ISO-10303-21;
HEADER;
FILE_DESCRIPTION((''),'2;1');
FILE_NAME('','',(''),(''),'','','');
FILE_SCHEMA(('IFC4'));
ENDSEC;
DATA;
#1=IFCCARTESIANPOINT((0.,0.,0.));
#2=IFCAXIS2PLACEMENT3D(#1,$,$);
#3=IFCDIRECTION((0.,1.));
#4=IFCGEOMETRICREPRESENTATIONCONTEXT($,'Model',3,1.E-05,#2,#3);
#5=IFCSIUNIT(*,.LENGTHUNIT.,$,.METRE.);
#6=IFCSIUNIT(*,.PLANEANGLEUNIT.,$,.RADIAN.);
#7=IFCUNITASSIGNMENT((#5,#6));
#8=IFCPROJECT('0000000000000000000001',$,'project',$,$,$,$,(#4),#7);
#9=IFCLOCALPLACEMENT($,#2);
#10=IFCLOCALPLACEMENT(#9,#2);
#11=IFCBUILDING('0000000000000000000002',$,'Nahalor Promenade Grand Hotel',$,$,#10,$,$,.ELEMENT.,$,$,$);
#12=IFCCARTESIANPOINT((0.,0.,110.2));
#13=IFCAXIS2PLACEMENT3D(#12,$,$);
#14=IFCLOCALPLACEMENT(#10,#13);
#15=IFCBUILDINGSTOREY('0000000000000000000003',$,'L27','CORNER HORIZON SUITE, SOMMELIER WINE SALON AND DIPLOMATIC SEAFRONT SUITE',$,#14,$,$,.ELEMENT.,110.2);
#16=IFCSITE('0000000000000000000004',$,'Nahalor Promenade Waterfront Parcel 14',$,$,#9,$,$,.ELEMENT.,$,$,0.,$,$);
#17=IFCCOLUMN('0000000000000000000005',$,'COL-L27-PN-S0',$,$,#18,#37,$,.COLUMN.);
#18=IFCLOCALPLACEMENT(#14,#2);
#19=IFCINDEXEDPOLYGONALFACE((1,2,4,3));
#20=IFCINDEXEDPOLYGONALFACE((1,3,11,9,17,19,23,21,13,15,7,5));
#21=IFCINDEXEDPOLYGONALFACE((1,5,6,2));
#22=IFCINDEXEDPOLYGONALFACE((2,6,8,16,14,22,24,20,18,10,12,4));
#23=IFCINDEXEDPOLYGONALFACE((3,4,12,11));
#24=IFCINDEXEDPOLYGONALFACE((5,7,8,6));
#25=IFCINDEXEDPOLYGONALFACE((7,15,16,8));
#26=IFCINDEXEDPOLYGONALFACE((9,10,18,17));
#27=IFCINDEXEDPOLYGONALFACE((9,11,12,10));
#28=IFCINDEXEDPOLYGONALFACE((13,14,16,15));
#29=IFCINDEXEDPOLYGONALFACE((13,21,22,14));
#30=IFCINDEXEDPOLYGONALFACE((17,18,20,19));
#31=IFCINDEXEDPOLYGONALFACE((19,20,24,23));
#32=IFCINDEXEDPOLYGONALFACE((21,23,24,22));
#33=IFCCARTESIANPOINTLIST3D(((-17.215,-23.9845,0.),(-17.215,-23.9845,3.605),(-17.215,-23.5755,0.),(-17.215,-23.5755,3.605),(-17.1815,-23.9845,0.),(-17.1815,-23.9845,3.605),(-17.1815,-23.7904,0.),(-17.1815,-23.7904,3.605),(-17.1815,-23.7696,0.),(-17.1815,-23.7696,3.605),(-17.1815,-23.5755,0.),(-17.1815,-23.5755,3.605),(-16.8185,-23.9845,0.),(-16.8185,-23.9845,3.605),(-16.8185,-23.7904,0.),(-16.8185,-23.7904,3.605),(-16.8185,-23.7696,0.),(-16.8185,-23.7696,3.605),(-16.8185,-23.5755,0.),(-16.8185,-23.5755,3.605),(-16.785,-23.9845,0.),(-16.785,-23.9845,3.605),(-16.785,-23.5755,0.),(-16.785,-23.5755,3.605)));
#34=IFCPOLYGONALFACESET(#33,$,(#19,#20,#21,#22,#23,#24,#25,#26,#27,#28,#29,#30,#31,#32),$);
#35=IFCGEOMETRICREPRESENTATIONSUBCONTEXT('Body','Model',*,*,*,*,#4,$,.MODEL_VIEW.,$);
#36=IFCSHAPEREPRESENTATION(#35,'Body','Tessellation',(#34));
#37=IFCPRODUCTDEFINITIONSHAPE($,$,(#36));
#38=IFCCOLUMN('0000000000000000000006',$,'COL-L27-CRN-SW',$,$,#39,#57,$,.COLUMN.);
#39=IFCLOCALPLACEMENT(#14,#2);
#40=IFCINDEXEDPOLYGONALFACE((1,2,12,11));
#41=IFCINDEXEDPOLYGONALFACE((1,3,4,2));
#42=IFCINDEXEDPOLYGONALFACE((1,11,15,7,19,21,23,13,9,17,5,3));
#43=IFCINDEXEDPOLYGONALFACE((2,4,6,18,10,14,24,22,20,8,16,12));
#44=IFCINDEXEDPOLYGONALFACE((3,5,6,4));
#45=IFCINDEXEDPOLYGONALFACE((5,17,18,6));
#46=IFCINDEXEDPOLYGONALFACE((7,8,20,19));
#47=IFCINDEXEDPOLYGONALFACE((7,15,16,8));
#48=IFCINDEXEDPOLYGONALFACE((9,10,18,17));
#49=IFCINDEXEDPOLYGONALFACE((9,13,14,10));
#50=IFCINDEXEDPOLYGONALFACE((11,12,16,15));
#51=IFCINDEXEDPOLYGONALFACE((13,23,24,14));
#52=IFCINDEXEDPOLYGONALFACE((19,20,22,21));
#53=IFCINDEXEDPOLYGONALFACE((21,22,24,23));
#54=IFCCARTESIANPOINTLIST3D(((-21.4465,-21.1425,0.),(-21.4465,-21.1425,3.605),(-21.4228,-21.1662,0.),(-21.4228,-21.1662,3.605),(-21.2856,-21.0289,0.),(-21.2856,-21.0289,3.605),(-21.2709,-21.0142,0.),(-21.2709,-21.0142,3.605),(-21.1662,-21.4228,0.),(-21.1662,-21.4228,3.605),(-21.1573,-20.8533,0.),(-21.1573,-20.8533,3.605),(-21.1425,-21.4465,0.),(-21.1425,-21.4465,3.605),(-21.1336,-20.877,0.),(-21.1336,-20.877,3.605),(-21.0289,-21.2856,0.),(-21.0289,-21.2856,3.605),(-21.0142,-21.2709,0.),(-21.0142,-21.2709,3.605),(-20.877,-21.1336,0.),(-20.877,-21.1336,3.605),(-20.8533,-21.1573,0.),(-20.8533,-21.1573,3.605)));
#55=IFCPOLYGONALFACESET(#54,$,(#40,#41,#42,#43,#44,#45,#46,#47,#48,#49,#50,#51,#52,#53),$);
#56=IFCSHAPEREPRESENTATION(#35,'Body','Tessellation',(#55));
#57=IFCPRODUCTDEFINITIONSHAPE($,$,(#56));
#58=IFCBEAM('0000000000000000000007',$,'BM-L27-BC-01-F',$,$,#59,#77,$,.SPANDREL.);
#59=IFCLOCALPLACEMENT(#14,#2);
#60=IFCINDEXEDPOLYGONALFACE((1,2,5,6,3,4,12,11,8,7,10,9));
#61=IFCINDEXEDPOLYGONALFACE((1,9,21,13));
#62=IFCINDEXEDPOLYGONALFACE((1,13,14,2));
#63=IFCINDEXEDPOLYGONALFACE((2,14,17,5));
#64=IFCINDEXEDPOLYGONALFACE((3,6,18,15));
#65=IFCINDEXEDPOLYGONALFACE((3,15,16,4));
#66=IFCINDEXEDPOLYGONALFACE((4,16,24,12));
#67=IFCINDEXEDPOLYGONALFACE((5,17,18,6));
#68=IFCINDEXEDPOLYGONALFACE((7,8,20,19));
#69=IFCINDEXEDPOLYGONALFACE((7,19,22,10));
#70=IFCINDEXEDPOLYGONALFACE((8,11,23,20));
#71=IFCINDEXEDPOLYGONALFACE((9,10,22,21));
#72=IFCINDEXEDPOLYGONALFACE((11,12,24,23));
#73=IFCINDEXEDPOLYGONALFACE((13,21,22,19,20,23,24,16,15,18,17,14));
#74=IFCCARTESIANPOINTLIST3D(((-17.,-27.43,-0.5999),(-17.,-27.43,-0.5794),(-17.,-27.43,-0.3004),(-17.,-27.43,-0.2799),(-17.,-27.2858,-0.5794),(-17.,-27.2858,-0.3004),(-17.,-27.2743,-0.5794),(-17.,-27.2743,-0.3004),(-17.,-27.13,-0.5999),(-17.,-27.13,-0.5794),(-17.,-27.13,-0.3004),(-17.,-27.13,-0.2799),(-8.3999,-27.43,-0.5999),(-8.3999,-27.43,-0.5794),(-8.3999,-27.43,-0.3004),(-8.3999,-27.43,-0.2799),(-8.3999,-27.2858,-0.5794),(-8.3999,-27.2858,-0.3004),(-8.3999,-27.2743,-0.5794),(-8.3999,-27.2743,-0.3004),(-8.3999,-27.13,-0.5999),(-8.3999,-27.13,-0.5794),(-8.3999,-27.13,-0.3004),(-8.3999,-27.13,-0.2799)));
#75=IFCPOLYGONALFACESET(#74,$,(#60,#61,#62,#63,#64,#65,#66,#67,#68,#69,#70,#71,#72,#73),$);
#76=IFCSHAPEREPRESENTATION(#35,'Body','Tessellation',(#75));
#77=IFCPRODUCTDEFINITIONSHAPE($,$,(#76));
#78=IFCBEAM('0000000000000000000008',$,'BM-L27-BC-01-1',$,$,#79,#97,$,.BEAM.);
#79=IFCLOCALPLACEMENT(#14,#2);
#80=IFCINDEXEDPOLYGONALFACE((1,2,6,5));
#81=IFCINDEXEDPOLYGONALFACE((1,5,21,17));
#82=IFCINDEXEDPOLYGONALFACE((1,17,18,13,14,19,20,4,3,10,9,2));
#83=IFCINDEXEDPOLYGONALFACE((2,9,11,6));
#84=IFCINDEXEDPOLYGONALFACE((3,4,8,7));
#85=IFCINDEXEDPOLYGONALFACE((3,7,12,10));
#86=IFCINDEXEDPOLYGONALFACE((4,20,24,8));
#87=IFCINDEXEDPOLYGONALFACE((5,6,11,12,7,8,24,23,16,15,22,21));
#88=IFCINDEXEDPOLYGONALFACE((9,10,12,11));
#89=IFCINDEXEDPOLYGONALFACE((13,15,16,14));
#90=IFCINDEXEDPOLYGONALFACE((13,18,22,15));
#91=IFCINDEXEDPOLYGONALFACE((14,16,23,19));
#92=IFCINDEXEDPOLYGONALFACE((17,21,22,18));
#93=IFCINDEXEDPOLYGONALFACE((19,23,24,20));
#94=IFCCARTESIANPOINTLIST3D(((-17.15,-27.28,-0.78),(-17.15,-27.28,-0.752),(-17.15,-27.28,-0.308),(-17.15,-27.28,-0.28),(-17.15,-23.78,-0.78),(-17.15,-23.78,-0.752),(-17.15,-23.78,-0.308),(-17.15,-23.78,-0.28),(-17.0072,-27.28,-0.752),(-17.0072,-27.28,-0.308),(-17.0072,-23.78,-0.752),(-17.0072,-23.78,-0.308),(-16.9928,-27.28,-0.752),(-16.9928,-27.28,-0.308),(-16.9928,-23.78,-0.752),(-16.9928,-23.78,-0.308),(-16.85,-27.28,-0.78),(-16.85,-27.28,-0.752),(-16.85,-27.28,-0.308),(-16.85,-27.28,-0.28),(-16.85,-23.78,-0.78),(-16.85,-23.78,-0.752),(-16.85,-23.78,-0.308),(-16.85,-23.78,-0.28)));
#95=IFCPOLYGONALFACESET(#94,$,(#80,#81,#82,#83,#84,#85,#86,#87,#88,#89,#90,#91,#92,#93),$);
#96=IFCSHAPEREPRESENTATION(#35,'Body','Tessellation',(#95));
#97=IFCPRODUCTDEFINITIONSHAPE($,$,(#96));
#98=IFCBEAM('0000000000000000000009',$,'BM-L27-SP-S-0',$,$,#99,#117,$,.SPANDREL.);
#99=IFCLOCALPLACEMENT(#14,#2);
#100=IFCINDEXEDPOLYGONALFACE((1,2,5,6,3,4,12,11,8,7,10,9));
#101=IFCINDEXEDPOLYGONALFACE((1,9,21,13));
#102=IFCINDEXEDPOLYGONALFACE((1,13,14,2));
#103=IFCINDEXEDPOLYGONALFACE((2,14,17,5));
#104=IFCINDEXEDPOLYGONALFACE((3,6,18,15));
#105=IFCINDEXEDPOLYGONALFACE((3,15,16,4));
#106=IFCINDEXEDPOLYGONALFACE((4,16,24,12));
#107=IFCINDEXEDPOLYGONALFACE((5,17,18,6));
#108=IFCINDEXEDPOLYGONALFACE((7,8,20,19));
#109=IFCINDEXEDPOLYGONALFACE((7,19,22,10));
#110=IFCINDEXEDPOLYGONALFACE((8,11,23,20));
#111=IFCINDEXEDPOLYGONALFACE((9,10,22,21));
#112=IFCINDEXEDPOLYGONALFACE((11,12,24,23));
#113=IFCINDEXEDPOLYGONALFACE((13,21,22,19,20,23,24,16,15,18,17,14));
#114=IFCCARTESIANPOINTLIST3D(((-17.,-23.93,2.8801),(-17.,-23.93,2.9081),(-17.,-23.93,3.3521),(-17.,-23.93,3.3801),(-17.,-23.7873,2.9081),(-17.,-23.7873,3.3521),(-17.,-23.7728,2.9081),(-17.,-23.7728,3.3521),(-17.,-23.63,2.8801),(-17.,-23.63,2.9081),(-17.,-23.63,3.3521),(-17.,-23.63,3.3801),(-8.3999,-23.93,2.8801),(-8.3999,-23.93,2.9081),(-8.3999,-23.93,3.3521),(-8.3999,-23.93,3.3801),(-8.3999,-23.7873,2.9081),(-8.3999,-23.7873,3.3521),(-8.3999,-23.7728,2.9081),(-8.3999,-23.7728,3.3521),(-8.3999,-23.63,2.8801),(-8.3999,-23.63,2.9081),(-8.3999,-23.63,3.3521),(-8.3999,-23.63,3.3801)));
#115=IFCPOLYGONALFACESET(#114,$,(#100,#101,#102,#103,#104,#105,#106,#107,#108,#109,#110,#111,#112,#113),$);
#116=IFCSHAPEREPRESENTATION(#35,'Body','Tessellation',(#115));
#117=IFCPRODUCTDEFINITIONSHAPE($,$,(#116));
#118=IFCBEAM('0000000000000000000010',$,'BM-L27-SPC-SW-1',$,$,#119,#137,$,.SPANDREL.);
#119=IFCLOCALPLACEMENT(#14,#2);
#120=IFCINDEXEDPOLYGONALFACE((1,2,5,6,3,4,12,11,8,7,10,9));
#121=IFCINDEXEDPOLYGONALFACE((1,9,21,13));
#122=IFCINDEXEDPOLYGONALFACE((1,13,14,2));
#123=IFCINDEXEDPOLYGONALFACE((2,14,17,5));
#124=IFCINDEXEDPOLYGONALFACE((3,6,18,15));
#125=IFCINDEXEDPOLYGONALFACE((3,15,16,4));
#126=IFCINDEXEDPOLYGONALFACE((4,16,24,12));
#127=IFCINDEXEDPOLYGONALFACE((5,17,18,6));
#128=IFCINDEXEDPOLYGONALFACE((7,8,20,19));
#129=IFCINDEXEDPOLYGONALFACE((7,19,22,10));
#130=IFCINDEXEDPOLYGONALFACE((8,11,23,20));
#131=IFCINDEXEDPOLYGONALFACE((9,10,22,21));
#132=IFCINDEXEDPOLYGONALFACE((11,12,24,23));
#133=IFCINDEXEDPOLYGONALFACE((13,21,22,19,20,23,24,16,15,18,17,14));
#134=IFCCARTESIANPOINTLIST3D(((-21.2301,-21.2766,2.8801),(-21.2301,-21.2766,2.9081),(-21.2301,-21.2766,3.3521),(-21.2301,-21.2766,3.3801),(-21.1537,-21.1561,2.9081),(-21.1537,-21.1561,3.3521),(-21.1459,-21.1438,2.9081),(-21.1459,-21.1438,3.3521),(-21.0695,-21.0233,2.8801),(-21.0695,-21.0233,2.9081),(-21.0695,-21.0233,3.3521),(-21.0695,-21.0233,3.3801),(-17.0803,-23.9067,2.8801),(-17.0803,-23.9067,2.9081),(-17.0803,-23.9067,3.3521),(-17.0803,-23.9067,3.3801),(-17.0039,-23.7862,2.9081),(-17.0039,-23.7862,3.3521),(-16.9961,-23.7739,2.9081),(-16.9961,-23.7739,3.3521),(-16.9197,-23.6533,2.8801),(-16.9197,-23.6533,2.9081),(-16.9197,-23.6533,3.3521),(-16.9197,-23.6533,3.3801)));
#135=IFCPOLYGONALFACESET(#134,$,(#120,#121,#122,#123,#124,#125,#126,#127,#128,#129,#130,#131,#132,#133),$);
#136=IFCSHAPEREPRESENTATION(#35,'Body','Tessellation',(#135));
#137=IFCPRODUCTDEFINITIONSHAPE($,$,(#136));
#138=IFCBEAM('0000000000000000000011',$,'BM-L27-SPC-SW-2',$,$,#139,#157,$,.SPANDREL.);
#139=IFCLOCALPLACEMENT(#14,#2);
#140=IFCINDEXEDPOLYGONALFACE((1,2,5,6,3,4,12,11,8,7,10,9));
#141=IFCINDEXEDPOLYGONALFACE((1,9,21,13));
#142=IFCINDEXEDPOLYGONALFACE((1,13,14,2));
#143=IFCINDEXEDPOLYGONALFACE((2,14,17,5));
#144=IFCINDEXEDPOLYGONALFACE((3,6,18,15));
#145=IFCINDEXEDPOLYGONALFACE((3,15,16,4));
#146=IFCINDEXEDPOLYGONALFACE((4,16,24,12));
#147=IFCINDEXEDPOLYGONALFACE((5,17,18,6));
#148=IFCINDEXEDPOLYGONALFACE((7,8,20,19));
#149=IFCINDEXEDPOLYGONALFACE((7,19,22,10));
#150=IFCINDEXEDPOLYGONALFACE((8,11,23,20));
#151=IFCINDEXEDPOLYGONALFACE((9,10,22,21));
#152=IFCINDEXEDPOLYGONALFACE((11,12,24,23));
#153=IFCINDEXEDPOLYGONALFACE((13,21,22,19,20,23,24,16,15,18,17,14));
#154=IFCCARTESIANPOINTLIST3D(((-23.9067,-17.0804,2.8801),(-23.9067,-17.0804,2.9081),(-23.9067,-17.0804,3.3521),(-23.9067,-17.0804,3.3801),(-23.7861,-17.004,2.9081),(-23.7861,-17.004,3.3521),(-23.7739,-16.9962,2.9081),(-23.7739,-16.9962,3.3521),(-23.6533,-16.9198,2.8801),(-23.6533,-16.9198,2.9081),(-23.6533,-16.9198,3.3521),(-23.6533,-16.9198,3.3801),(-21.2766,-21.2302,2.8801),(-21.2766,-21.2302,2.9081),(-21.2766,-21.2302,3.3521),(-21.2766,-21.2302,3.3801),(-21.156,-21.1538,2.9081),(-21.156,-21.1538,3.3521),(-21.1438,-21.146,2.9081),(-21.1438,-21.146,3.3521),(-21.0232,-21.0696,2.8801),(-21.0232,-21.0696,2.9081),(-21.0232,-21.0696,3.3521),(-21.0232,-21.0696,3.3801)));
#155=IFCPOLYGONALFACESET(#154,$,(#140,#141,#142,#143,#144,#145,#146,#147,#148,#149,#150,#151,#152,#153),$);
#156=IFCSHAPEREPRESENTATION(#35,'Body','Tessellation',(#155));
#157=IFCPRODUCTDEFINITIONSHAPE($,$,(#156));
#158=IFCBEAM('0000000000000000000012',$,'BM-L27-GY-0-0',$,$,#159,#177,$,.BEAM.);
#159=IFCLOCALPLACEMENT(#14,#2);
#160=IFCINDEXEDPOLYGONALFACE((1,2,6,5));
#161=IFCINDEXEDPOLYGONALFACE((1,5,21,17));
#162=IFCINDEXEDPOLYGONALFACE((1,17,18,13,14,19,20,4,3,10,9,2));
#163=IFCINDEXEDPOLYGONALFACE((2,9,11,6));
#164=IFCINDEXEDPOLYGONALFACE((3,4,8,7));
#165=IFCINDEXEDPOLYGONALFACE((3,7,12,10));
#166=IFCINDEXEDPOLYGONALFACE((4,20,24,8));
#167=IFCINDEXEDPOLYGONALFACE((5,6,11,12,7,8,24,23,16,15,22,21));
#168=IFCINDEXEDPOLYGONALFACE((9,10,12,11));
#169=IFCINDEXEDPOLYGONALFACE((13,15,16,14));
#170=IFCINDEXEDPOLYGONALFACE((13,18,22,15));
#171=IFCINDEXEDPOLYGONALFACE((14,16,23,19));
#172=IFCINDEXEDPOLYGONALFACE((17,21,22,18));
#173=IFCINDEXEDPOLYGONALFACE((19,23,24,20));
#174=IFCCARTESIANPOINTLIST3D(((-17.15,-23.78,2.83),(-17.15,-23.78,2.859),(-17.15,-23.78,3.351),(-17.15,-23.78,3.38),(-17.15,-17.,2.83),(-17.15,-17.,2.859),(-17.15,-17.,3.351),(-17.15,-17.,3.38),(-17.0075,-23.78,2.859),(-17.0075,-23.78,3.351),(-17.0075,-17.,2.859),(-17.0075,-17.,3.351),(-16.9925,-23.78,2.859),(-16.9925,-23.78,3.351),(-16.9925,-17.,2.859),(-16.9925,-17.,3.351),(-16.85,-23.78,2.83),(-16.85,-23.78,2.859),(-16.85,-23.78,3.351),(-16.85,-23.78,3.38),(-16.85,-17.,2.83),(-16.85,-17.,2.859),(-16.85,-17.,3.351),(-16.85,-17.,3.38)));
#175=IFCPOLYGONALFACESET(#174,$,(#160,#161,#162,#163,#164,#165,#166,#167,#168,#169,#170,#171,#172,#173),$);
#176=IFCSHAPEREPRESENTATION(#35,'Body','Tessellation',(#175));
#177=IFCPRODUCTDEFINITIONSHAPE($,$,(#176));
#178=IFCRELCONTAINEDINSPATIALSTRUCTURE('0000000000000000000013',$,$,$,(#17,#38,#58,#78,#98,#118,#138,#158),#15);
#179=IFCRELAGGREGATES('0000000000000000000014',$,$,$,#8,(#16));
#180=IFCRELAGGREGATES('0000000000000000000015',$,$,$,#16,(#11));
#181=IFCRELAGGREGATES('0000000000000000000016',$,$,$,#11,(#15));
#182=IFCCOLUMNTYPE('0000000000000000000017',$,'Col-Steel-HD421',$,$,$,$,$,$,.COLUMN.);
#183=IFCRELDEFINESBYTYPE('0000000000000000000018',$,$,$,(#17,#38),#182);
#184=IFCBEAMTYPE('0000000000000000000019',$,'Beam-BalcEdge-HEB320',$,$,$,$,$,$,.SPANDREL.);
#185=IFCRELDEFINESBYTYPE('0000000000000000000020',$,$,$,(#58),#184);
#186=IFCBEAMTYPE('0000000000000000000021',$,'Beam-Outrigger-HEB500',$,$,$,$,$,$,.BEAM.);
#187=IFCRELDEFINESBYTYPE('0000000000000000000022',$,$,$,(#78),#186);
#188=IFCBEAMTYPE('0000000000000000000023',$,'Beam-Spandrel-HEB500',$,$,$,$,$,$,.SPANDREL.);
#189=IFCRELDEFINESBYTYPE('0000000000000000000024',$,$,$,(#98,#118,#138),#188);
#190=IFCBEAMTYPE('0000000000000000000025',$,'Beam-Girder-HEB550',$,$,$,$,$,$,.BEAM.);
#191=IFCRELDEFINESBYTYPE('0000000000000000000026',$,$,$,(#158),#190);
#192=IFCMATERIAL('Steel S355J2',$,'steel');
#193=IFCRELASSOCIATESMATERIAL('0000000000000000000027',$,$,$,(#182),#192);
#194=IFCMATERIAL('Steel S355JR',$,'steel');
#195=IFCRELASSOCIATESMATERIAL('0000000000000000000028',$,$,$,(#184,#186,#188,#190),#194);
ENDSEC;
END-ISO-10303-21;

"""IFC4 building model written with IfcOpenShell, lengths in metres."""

from ifc_helpers import new_model, si_unit, direction, frame, origin, origin_2d, place, context, subcontext, project, spatial, i_section, extrude, source, transform, mapped, material, material_profile, profile_set, type_object, element, save


model = new_model("IFC4")

# Units and contexts
model_context = context("Model", 3, precision=1e-05, world=origin(), true_north=direction((0.0, 1.0)))
body_context = subcontext(model_context, "Body", "Model", "MODEL_VIEW")
ifc_project = project(units=[si_unit("LENGTHUNIT", "METRE"), si_unit("PLANEANGLEUNIT", "RADIAN")], contexts=[model_context])

# Site, building, storey
site_placement = place(None, origin())
site = spatial("IfcSite", under=ifc_project, at=site_placement, Name="Nahalor Promenade Waterfront Parcel 14", CompositionType="ELEMENT", RefElevation=0.0)
building_placement = place(site_placement, origin())
building = spatial("IfcBuilding", under=site, at=building_placement, Name="Nahalor Promenade Grand Hotel", CompositionType="ELEMENT")
storey_placement = place(building_placement, frame((0.0, 0.0, 110.2)))
storey = spatial("IfcBuildingStorey", under=building, at=storey_placement, Name="L27", Description="CORNER HORIZON SUITE, SOMMELIER WINE SALON AND DIPLOMATIC SEAFRONT SUITE", CompositionType="ELEMENT", Elevation=110.2)

# Columns
ifc_material_1 = material(Name="Steel S355J2", Category="steel")
ifc_material_profile_1 = material_profile(ifc_material_1, i_section(OverallWidth=0.409, OverallDepth=0.43, WebThickness=0.0208, FlangeThickness=0.0335, at=origin_2d()), Name="HD 400x421")
ifc_profile_set_1 = profile_set([ifc_material_profile_1], Name="Steel S355J2")
column_type = type_object("IfcColumnType", Name="Col-Steel-HD421", PredefinedType="COLUMN", material=ifc_profile_set_1)
shared_shape_1 = source(origin(), body_context, "Body", "SweptSolid", [
    extrude(i_section(OverallWidth=0.409, OverallDepth=0.43, WebThickness=0.0208, FlangeThickness=0.0335, at=origin_2d()), origin(), (0.0, 0.0, 1.0), 3.605),
])
for number, where, z_axis, x_axis, name in (
    (1, (-17.0, -23.78, 0.0), (0.0, 0.0, 1.0), (0.0, 1.0, 0.0), "COL-L27-PN-S0"),
    (2, (-21.1499, -21.1499, 0.0), (0.0, 0.0, 1.0), (0.707107, 0.707107, 0.0), "COL-L27-CRN-SW"),
):
    element("IfcColumn", number, at=place(storey_placement, frame(where, z_axis=z_axis, x_axis=x_axis)), inside=storey, type_object=column_type, Name=name, PredefinedType="COLUMN", context=body_context, shape_type="MappedRepresentation", body=[
        mapped(shared_shape_1, transform((0.0, 0.0, 0.0), scale=1.0)),
    ])

# Beams
ifc_material_2 = material(Name="Steel S355JR", Category="steel")
ifc_material_profile_2 = material_profile(ifc_material_2, i_section(OverallWidth=0.3, OverallDepth=0.32, WebThickness=0.0115, FlangeThickness=0.0205, at=origin_2d()), Name="HEB 320")
ifc_profile_set_2 = profile_set([ifc_material_profile_2], Name="Steel S355JR")
beam_type_1 = type_object("IfcBeamType", Name="Beam-BalcEdge-HEB320", PredefinedType="SPANDREL", material=ifc_profile_set_2)
shared_shape_2 = source(origin(), body_context, "Body", "SweptSolid", [
    extrude(i_section(OverallWidth=0.3, OverallDepth=0.32, WebThickness=0.0115, FlangeThickness=0.0205, at=origin_2d()), origin(), (0.0, 0.0, 1.0), 8.6001),
])
beam_1_placement = place(storey_placement, frame((-17.0, -27.28, -0.4399), z_axis=(1.0, 0.0, 0.0), x_axis=(0.0, 1.0, 0.0)))
element("IfcBeam", 3, at=beam_1_placement, inside=storey, type_object=beam_type_1, Name="BM-L27-BC-01-F", PredefinedType="SPANDREL", context=body_context, shape_type="MappedRepresentation", body=[
    mapped(shared_shape_2, transform((0.0, 0.0, 0.0), scale=1.0)),
])
ifc_material_profile_3 = material_profile(ifc_material_2, i_section(OverallWidth=0.3, OverallDepth=0.5, WebThickness=0.0145, FlangeThickness=0.028, at=origin_2d()), Name="HEB 500")
ifc_profile_set_3 = profile_set([ifc_material_profile_3], Name="Steel S355JR")
beam_type_2 = type_object("IfcBeamType", Name="Beam-Outrigger-HEB500", PredefinedType="BEAM", material=ifc_profile_set_3)
shared_shape_3 = source(origin(), body_context, "Body", "SweptSolid", [
    extrude(i_section(OverallWidth=0.3, OverallDepth=0.5, WebThickness=0.0145, FlangeThickness=0.028, at=origin_2d()), origin(), (0.0, 0.0, 1.0), 3.5),
])
beam_2_placement = place(storey_placement, frame((-17.0, -27.28, -0.53), z_axis=(0.0, 1.0, 0.0), x_axis=(-1.0, 0.0, 0.0)))
element("IfcBeam", 4, at=beam_2_placement, inside=storey, type_object=beam_type_2, Name="BM-L27-BC-01-1", PredefinedType="BEAM", context=body_context, shape_type="MappedRepresentation", body=[
    mapped(shared_shape_3, transform((0.0, 0.0, 0.0), scale=1.0)),
])
ifc_material_profile_4 = material_profile(ifc_material_2, i_section(OverallWidth=0.3, OverallDepth=0.5, WebThickness=0.0145, FlangeThickness=0.028, at=origin_2d()), Name="HEB 500")
ifc_profile_set_4 = profile_set([ifc_material_profile_4], Name="Steel S355JR")
beam_type_3 = type_object("IfcBeamType", Name="Beam-Spandrel-HEB500", PredefinedType="SPANDREL", material=ifc_profile_set_4)
shared_shape_4 = source(origin(), body_context, "Body", "SweptSolid", [
    extrude(i_section(OverallWidth=0.3, OverallDepth=0.5, WebThickness=0.0145, FlangeThickness=0.028, at=origin_2d()), origin(), (0.0, 0.0, 1.0), 8.6001),
])
beam_3_placement = place(storey_placement, frame((-17.0, -23.78, 3.1301), z_axis=(1.0, 0.0, 0.0), x_axis=(0.0, 1.0, 0.0)))
element("IfcBeam", 5, at=beam_3_placement, inside=storey, type_object=beam_type_3, Name="BM-L27-SP-S-0", PredefinedType="SPANDREL", context=body_context, shape_type="MappedRepresentation", body=[
    mapped(shared_shape_4, transform((0.0, 0.0, 0.0), scale=1.0)),
])
shared_shape_5 = source(origin(), body_context, "Body", "SweptSolid", [
    extrude(i_section(OverallWidth=0.3, OverallDepth=0.5, WebThickness=0.0145, FlangeThickness=0.028, at=origin_2d()), origin(), (0.0, 0.0, 1.0), 4.9131),
])
for number, where, z_axis, x_axis, name in (
    (6, (-17.0, -23.78, 3.1301), (-0.844648, 0.535322, 0.0), (-0.535322, -0.844648, 0.0), "BM-L27-SPC-SW-1"),
    (7, (-21.1499, -21.1499, 3.1301), (-0.535322, 0.844648, 0.0), (-0.844648, -0.535322, 0.0), "BM-L27-SPC-SW-2"),
):
    element("IfcBeam", number, at=place(storey_placement, frame(where, z_axis=z_axis, x_axis=x_axis)), inside=storey, type_object=beam_type_3, Name=name, PredefinedType="SPANDREL", context=body_context, shape_type="MappedRepresentation", body=[
        mapped(shared_shape_5, transform((0.0, 0.0, 0.0), scale=1.0)),
    ])
ifc_material_profile_5 = material_profile(ifc_material_2, i_section(OverallWidth=0.3, OverallDepth=0.55, WebThickness=0.015, FlangeThickness=0.029, at=origin_2d()), Name="HEB 550")
ifc_profile_set_5 = profile_set([ifc_material_profile_5], Name="Steel S355JR")
beam_type_4 = type_object("IfcBeamType", Name="Beam-Girder-HEB550", PredefinedType="BEAM", material=ifc_profile_set_5)
shared_shape_6 = source(origin(), body_context, "Body", "SweptSolid", [
    extrude(i_section(OverallWidth=0.3, OverallDepth=0.55, WebThickness=0.015, FlangeThickness=0.029, at=origin_2d()), origin(), (0.0, 0.0, 1.0), 6.78),
])
beam_4_placement = place(storey_placement, frame((-17.0, -23.78, 3.105), z_axis=(0.0, 1.0, 0.0), x_axis=(-1.0, 0.0, 0.0)))
element("IfcBeam", 8, at=beam_4_placement, inside=storey, type_object=beam_type_4, Name="BM-L27-GY-0-0", PredefinedType="BEAM", context=body_context, shape_type="MappedRepresentation", body=[
    mapped(shared_shape_6, transform((0.0, 0.0, 0.0), scale=1.0)),
])

save(model, "model.ifc")
